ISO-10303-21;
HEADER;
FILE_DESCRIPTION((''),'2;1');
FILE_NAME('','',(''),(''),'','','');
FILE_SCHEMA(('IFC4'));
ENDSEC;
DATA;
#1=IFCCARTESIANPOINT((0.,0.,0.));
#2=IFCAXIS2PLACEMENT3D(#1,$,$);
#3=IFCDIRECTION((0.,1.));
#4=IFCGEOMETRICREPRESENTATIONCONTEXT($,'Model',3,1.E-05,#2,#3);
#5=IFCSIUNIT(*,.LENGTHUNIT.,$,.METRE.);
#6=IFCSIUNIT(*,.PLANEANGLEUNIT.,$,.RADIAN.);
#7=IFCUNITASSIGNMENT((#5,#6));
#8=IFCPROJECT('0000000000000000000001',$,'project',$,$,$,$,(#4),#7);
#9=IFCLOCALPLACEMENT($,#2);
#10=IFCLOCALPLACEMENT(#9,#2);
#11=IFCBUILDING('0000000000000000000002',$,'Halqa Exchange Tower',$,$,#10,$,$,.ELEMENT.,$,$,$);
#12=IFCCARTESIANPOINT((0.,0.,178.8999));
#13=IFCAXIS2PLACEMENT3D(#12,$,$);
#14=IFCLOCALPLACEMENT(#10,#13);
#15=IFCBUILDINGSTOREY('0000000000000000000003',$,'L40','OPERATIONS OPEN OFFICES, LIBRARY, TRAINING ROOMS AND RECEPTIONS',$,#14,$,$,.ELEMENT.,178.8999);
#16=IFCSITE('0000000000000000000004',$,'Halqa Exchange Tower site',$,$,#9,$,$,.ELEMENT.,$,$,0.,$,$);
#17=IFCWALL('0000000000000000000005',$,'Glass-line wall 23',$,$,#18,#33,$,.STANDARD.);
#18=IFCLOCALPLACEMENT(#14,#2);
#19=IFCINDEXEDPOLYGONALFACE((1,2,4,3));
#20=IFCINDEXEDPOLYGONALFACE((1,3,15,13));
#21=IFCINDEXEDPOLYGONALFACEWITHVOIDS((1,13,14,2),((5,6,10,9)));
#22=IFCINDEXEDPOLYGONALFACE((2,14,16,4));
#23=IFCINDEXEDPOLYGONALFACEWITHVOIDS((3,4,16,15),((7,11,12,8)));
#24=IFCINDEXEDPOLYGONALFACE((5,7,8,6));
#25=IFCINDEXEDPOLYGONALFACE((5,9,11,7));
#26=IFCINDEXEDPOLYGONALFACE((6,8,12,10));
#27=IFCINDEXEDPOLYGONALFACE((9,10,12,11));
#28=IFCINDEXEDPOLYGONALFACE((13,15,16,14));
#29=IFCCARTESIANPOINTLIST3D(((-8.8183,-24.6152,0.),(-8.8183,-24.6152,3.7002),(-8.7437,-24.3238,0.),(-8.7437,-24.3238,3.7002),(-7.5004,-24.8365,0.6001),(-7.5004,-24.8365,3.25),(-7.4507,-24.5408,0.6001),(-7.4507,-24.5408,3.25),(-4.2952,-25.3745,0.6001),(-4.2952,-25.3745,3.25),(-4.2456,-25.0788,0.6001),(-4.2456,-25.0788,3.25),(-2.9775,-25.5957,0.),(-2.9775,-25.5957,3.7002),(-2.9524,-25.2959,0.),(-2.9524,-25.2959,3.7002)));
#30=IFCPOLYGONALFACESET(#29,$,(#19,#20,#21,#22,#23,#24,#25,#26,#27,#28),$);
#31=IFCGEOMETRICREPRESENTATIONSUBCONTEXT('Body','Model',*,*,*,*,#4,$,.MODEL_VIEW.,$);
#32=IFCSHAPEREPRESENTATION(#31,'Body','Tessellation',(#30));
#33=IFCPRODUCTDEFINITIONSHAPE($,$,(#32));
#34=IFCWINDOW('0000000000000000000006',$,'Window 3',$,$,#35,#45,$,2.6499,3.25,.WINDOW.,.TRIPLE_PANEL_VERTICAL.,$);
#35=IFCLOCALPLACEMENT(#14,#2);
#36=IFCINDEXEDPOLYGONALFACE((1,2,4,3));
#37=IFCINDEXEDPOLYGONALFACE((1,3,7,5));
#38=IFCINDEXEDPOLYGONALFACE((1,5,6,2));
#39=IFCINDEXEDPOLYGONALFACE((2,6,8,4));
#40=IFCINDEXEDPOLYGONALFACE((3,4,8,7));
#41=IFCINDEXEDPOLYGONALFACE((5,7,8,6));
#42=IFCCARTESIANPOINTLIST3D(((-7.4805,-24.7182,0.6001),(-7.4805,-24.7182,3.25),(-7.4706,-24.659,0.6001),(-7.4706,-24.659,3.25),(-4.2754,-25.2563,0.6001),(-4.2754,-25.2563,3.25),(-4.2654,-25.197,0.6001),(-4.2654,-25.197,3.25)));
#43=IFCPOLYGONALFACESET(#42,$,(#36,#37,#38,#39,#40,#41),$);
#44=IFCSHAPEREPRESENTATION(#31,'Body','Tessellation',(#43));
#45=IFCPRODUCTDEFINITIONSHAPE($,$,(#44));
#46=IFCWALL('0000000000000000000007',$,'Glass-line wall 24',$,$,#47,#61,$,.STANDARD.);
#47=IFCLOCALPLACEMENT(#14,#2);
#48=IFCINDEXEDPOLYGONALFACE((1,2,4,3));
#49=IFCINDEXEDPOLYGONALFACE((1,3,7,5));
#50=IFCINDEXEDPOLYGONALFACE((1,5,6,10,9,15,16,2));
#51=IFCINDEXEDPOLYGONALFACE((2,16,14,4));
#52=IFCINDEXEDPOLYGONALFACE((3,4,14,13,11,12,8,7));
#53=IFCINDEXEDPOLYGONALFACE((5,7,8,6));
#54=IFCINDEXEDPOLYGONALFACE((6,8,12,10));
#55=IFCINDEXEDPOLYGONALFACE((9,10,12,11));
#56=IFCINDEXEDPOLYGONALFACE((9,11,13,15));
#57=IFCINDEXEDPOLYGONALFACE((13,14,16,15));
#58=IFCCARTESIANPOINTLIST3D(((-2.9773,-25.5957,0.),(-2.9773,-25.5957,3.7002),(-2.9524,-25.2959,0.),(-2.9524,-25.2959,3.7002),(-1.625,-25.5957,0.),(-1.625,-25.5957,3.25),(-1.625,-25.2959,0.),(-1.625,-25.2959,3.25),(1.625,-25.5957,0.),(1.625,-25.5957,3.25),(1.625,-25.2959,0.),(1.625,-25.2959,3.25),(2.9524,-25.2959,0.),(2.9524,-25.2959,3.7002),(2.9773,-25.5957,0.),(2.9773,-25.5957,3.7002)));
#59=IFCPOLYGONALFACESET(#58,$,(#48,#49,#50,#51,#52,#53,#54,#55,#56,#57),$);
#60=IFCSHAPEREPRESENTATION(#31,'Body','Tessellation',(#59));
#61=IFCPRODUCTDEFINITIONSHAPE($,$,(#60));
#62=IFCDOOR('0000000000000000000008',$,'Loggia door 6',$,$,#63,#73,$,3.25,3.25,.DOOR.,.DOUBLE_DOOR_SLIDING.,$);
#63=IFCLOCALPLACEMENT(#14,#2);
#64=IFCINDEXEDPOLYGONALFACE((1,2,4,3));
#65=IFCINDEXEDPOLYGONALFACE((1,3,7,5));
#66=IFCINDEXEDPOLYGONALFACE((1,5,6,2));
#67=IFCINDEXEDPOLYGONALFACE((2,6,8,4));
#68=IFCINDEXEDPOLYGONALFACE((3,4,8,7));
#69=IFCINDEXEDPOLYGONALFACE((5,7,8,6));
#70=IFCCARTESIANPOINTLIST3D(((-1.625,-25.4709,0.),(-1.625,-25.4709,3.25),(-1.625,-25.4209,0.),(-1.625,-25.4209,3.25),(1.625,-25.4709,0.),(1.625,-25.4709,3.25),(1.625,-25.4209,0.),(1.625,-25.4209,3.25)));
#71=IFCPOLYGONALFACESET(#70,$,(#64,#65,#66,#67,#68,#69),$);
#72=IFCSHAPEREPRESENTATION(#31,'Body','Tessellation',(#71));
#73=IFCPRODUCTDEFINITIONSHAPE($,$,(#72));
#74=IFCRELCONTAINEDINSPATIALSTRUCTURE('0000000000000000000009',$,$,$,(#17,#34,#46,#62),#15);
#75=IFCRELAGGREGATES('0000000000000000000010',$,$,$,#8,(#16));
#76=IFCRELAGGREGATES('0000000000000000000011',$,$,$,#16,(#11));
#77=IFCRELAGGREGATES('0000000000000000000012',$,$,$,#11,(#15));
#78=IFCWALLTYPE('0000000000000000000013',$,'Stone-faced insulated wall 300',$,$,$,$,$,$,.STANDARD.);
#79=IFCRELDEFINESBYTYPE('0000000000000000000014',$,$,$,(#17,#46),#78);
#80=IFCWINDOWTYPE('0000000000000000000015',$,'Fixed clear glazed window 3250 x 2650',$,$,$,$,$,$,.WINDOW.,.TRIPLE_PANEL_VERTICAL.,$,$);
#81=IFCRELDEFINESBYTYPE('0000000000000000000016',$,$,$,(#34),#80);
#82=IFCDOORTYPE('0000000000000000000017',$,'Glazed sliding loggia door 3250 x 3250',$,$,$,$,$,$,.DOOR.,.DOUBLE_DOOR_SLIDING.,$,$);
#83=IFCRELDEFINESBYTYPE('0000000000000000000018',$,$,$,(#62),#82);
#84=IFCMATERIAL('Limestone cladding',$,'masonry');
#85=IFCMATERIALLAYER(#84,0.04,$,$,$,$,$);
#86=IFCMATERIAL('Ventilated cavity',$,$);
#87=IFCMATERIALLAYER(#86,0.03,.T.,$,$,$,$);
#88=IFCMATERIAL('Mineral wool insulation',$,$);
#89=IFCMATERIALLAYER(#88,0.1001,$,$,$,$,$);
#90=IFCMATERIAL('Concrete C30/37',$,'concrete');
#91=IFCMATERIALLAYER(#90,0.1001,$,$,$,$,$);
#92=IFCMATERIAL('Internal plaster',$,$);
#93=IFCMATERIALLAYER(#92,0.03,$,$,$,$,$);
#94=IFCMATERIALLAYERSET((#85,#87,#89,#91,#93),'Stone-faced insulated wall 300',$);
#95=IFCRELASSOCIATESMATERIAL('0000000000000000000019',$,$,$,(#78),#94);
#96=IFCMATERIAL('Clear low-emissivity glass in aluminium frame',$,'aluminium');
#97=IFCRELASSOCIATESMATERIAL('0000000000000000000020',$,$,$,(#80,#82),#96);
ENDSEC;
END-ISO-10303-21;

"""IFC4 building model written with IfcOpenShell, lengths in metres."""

from ifc_helpers import new_model, si_unit, direction, frame, frame_2d, origin, place, context, subcontext, project, spatial, polyline, rectangle, outline, extrude, material, layer, layer_set, type_object, element, fill, save


model = new_model("IFC4")

# Units and contexts
model_context = context("Model", 3, precision=1e-05, world=origin(), true_north=direction((0.0, 1.0)))
body_context = subcontext(model_context, "Body", "Model", "MODEL_VIEW")
ifc_project = project(units=[si_unit("LENGTHUNIT", "METRE"), si_unit("PLANEANGLEUNIT", "RADIAN")], contexts=[model_context])

# Site, building, storey
site_placement = place(None, origin())
site = spatial("IfcSite", under=ifc_project, at=site_placement, Name="Halqa Exchange Tower site", CompositionType="ELEMENT", RefElevation=0.0)
building_placement = place(site_placement, origin())
building = spatial("IfcBuilding", under=site, at=building_placement, Name="Halqa Exchange Tower", CompositionType="ELEMENT")
storey_placement = place(building_placement, frame((0.0, 0.0, 178.8999)))
storey = spatial("IfcBuildingStorey", under=building, at=storey_placement, Name="L40", Description="OPERATIONS OPEN OFFICES, LIBRARY, TRAINING ROOMS AND RECEPTIONS", CompositionType="ELEMENT", Elevation=178.8999)

# Shared definitions
ifc_material_1 = material(Name="Concrete C30/37", Category="concrete")

# Wall, opening, window
ifc_material_2 = material(Name="Limestone cladding", Category="masonry")
ifc_layer_1 = layer(ifc_material_2, 0.04)
ifc_material_3 = material(Name="Ventilated cavity")
ifc_layer_2 = layer(ifc_material_3, 0.03, ventilated=True)
ifc_material_4 = material(Name="Mineral wool insulation")
ifc_layer_3 = layer(ifc_material_4, 0.1001)
ifc_layer_4 = layer(ifc_material_1, 0.1001)
ifc_material_5 = material(Name="Internal plaster")
ifc_layer_5 = layer(ifc_material_5, 0.03)
ifc_layer_set_1 = layer_set([ifc_layer_1, ifc_layer_2, ifc_layer_3, ifc_layer_4, ifc_layer_5], Name="Stone-faced insulated wall 300")
wall_type_1 = type_object("IfcWallType", Name="Stone-faced insulated wall 300", PredefinedType="STANDARD", material=ifc_layer_set_1)
wall_1_placement = place(storey_placement, frame((-8.781, -24.4695, 0.0), z_axis=(0.0, 0.0, 1.0), x_axis=(0.986202, -0.165547, 0.0)))
wall_1 = element("IfcWall", 1, at=wall_1_placement, inside=storey, type_object=wall_type_1, Name="Glass-line wall 23", PredefinedType="STANDARD", context=body_context, shape_type="SweptSolid", body=[
    extrude(outline(polyline([(-0.0127, -0.1499), (5.9099, -0.1499), (5.885, 0.1499), (0.0127, 0.1499), (-0.0127, -0.1499)])), origin(), (0.0, 0.0, 1.0), 3.7002),
])
opening_1_placement = place(wall_1_placement, frame((1.3237, 0.0, 0.6001)))
opening_1 = element("IfcOpeningElement", 2, at=opening_1_placement, cuts=wall_1, PredefinedType="OPENING", context=body_context, shape_type="SweptSolid", body=[
    extrude(rectangle(XDim=3.25, YDim=2.6499, at=frame_2d((1.625, 1.325))), frame((0.0, 0.1621, 0.0), z_axis=(0.0, -1.0, 0.0), x_axis=(1.0, 0.0, 0.0)), (0.0, 0.0, 1.0), 0.324),
])
ifc_material_6 = material(Name="Clear low-emissivity glass in aluminium frame", Category="aluminium")
window_type = type_object("IfcWindowType", Name="Fixed clear glazed window 3250 x 2650", PartitioningType="TRIPLE_PANEL_VERTICAL", PredefinedType="WINDOW", material=ifc_material_6)
window_placement = place(opening_1_placement, origin())
window = element("IfcWindow", 3, at=window_placement, inside=storey, type_object=window_type, Name="Window 3", OverallHeight=2.6499, OverallWidth=3.25, PartitioningType="TRIPLE_PANEL_VERTICAL", PredefinedType="WINDOW", context=body_context, shape_type="SweptSolid", body=[
    extrude(rectangle(XDim=3.25, YDim=2.6499, at=frame_2d((1.625, 1.325))), frame((0.0, 0.03, 0.0), z_axis=(0.0, -1.0, 0.0), x_axis=(1.0, 0.0, 0.0)), (0.0, 0.0, 1.0), 0.0601),
])
fill(opening_1, window)

# Wall, opening, door
wall_2_placement = place(storey_placement, frame((-2.9648, -25.4458, 0.0), z_axis=(0.0, 0.0, 1.0), x_axis=(1.0, 0.0, 0.0)))
wall_2 = element("IfcWall", 4, at=wall_2_placement, inside=storey, type_object=wall_type_1, Name="Glass-line wall 24", PredefinedType="STANDARD", context=body_context, shape_type="SweptSolid", body=[
    extrude(outline(polyline([(-0.0125, -0.1499), (5.9421, -0.1499), (5.9172, 0.1499), (0.0125, 0.1499), (-0.0125, -0.1499)])), origin(), (0.0, 0.0, 1.0), 3.7002),
])
opening_2_placement = place(wall_2_placement, frame((1.3398, 0.0, 0.0)))
opening_2 = element("IfcOpeningElement", 5, at=opening_2_placement, cuts=wall_2, PredefinedType="OPENING", context=body_context, shape_type="SweptSolid", body=[
    extrude(rectangle(XDim=3.25, YDim=3.25, at=frame_2d((1.625, 1.625))), frame((0.0, 0.1621, 0.0), z_axis=(0.0, -1.0, 0.0), x_axis=(1.0, 0.0, 0.0)), (0.0, 0.0, 1.0), 0.324),
])
door_type = type_object("IfcDoorType", Name="Glazed sliding loggia door 3250 x 3250", OperationType="DOUBLE_DOOR_SLIDING", PredefinedType="DOOR", material=ifc_material_6)
door_placement = place(opening_2_placement, origin())
door = element("IfcDoor", 6, at=door_placement, inside=storey, type_object=door_type, Name="Loggia door 6", OperationType="DOUBLE_DOOR_SLIDING", OverallHeight=3.25, OverallWidth=3.25, PredefinedType="DOOR", context=body_context, shape_type="SweptSolid", body=[
    extrude(rectangle(XDim=3.25, YDim=3.25, at=frame_2d((1.625, 1.625))), frame((0.0, 0.0249, 0.0), z_axis=(0.0, -1.0, 0.0), x_axis=(1.0, 0.0, 0.0)), (0.0, 0.0, 1.0), 0.05),
])
fill(opening_2, door)

save(model, "model.ifc")
